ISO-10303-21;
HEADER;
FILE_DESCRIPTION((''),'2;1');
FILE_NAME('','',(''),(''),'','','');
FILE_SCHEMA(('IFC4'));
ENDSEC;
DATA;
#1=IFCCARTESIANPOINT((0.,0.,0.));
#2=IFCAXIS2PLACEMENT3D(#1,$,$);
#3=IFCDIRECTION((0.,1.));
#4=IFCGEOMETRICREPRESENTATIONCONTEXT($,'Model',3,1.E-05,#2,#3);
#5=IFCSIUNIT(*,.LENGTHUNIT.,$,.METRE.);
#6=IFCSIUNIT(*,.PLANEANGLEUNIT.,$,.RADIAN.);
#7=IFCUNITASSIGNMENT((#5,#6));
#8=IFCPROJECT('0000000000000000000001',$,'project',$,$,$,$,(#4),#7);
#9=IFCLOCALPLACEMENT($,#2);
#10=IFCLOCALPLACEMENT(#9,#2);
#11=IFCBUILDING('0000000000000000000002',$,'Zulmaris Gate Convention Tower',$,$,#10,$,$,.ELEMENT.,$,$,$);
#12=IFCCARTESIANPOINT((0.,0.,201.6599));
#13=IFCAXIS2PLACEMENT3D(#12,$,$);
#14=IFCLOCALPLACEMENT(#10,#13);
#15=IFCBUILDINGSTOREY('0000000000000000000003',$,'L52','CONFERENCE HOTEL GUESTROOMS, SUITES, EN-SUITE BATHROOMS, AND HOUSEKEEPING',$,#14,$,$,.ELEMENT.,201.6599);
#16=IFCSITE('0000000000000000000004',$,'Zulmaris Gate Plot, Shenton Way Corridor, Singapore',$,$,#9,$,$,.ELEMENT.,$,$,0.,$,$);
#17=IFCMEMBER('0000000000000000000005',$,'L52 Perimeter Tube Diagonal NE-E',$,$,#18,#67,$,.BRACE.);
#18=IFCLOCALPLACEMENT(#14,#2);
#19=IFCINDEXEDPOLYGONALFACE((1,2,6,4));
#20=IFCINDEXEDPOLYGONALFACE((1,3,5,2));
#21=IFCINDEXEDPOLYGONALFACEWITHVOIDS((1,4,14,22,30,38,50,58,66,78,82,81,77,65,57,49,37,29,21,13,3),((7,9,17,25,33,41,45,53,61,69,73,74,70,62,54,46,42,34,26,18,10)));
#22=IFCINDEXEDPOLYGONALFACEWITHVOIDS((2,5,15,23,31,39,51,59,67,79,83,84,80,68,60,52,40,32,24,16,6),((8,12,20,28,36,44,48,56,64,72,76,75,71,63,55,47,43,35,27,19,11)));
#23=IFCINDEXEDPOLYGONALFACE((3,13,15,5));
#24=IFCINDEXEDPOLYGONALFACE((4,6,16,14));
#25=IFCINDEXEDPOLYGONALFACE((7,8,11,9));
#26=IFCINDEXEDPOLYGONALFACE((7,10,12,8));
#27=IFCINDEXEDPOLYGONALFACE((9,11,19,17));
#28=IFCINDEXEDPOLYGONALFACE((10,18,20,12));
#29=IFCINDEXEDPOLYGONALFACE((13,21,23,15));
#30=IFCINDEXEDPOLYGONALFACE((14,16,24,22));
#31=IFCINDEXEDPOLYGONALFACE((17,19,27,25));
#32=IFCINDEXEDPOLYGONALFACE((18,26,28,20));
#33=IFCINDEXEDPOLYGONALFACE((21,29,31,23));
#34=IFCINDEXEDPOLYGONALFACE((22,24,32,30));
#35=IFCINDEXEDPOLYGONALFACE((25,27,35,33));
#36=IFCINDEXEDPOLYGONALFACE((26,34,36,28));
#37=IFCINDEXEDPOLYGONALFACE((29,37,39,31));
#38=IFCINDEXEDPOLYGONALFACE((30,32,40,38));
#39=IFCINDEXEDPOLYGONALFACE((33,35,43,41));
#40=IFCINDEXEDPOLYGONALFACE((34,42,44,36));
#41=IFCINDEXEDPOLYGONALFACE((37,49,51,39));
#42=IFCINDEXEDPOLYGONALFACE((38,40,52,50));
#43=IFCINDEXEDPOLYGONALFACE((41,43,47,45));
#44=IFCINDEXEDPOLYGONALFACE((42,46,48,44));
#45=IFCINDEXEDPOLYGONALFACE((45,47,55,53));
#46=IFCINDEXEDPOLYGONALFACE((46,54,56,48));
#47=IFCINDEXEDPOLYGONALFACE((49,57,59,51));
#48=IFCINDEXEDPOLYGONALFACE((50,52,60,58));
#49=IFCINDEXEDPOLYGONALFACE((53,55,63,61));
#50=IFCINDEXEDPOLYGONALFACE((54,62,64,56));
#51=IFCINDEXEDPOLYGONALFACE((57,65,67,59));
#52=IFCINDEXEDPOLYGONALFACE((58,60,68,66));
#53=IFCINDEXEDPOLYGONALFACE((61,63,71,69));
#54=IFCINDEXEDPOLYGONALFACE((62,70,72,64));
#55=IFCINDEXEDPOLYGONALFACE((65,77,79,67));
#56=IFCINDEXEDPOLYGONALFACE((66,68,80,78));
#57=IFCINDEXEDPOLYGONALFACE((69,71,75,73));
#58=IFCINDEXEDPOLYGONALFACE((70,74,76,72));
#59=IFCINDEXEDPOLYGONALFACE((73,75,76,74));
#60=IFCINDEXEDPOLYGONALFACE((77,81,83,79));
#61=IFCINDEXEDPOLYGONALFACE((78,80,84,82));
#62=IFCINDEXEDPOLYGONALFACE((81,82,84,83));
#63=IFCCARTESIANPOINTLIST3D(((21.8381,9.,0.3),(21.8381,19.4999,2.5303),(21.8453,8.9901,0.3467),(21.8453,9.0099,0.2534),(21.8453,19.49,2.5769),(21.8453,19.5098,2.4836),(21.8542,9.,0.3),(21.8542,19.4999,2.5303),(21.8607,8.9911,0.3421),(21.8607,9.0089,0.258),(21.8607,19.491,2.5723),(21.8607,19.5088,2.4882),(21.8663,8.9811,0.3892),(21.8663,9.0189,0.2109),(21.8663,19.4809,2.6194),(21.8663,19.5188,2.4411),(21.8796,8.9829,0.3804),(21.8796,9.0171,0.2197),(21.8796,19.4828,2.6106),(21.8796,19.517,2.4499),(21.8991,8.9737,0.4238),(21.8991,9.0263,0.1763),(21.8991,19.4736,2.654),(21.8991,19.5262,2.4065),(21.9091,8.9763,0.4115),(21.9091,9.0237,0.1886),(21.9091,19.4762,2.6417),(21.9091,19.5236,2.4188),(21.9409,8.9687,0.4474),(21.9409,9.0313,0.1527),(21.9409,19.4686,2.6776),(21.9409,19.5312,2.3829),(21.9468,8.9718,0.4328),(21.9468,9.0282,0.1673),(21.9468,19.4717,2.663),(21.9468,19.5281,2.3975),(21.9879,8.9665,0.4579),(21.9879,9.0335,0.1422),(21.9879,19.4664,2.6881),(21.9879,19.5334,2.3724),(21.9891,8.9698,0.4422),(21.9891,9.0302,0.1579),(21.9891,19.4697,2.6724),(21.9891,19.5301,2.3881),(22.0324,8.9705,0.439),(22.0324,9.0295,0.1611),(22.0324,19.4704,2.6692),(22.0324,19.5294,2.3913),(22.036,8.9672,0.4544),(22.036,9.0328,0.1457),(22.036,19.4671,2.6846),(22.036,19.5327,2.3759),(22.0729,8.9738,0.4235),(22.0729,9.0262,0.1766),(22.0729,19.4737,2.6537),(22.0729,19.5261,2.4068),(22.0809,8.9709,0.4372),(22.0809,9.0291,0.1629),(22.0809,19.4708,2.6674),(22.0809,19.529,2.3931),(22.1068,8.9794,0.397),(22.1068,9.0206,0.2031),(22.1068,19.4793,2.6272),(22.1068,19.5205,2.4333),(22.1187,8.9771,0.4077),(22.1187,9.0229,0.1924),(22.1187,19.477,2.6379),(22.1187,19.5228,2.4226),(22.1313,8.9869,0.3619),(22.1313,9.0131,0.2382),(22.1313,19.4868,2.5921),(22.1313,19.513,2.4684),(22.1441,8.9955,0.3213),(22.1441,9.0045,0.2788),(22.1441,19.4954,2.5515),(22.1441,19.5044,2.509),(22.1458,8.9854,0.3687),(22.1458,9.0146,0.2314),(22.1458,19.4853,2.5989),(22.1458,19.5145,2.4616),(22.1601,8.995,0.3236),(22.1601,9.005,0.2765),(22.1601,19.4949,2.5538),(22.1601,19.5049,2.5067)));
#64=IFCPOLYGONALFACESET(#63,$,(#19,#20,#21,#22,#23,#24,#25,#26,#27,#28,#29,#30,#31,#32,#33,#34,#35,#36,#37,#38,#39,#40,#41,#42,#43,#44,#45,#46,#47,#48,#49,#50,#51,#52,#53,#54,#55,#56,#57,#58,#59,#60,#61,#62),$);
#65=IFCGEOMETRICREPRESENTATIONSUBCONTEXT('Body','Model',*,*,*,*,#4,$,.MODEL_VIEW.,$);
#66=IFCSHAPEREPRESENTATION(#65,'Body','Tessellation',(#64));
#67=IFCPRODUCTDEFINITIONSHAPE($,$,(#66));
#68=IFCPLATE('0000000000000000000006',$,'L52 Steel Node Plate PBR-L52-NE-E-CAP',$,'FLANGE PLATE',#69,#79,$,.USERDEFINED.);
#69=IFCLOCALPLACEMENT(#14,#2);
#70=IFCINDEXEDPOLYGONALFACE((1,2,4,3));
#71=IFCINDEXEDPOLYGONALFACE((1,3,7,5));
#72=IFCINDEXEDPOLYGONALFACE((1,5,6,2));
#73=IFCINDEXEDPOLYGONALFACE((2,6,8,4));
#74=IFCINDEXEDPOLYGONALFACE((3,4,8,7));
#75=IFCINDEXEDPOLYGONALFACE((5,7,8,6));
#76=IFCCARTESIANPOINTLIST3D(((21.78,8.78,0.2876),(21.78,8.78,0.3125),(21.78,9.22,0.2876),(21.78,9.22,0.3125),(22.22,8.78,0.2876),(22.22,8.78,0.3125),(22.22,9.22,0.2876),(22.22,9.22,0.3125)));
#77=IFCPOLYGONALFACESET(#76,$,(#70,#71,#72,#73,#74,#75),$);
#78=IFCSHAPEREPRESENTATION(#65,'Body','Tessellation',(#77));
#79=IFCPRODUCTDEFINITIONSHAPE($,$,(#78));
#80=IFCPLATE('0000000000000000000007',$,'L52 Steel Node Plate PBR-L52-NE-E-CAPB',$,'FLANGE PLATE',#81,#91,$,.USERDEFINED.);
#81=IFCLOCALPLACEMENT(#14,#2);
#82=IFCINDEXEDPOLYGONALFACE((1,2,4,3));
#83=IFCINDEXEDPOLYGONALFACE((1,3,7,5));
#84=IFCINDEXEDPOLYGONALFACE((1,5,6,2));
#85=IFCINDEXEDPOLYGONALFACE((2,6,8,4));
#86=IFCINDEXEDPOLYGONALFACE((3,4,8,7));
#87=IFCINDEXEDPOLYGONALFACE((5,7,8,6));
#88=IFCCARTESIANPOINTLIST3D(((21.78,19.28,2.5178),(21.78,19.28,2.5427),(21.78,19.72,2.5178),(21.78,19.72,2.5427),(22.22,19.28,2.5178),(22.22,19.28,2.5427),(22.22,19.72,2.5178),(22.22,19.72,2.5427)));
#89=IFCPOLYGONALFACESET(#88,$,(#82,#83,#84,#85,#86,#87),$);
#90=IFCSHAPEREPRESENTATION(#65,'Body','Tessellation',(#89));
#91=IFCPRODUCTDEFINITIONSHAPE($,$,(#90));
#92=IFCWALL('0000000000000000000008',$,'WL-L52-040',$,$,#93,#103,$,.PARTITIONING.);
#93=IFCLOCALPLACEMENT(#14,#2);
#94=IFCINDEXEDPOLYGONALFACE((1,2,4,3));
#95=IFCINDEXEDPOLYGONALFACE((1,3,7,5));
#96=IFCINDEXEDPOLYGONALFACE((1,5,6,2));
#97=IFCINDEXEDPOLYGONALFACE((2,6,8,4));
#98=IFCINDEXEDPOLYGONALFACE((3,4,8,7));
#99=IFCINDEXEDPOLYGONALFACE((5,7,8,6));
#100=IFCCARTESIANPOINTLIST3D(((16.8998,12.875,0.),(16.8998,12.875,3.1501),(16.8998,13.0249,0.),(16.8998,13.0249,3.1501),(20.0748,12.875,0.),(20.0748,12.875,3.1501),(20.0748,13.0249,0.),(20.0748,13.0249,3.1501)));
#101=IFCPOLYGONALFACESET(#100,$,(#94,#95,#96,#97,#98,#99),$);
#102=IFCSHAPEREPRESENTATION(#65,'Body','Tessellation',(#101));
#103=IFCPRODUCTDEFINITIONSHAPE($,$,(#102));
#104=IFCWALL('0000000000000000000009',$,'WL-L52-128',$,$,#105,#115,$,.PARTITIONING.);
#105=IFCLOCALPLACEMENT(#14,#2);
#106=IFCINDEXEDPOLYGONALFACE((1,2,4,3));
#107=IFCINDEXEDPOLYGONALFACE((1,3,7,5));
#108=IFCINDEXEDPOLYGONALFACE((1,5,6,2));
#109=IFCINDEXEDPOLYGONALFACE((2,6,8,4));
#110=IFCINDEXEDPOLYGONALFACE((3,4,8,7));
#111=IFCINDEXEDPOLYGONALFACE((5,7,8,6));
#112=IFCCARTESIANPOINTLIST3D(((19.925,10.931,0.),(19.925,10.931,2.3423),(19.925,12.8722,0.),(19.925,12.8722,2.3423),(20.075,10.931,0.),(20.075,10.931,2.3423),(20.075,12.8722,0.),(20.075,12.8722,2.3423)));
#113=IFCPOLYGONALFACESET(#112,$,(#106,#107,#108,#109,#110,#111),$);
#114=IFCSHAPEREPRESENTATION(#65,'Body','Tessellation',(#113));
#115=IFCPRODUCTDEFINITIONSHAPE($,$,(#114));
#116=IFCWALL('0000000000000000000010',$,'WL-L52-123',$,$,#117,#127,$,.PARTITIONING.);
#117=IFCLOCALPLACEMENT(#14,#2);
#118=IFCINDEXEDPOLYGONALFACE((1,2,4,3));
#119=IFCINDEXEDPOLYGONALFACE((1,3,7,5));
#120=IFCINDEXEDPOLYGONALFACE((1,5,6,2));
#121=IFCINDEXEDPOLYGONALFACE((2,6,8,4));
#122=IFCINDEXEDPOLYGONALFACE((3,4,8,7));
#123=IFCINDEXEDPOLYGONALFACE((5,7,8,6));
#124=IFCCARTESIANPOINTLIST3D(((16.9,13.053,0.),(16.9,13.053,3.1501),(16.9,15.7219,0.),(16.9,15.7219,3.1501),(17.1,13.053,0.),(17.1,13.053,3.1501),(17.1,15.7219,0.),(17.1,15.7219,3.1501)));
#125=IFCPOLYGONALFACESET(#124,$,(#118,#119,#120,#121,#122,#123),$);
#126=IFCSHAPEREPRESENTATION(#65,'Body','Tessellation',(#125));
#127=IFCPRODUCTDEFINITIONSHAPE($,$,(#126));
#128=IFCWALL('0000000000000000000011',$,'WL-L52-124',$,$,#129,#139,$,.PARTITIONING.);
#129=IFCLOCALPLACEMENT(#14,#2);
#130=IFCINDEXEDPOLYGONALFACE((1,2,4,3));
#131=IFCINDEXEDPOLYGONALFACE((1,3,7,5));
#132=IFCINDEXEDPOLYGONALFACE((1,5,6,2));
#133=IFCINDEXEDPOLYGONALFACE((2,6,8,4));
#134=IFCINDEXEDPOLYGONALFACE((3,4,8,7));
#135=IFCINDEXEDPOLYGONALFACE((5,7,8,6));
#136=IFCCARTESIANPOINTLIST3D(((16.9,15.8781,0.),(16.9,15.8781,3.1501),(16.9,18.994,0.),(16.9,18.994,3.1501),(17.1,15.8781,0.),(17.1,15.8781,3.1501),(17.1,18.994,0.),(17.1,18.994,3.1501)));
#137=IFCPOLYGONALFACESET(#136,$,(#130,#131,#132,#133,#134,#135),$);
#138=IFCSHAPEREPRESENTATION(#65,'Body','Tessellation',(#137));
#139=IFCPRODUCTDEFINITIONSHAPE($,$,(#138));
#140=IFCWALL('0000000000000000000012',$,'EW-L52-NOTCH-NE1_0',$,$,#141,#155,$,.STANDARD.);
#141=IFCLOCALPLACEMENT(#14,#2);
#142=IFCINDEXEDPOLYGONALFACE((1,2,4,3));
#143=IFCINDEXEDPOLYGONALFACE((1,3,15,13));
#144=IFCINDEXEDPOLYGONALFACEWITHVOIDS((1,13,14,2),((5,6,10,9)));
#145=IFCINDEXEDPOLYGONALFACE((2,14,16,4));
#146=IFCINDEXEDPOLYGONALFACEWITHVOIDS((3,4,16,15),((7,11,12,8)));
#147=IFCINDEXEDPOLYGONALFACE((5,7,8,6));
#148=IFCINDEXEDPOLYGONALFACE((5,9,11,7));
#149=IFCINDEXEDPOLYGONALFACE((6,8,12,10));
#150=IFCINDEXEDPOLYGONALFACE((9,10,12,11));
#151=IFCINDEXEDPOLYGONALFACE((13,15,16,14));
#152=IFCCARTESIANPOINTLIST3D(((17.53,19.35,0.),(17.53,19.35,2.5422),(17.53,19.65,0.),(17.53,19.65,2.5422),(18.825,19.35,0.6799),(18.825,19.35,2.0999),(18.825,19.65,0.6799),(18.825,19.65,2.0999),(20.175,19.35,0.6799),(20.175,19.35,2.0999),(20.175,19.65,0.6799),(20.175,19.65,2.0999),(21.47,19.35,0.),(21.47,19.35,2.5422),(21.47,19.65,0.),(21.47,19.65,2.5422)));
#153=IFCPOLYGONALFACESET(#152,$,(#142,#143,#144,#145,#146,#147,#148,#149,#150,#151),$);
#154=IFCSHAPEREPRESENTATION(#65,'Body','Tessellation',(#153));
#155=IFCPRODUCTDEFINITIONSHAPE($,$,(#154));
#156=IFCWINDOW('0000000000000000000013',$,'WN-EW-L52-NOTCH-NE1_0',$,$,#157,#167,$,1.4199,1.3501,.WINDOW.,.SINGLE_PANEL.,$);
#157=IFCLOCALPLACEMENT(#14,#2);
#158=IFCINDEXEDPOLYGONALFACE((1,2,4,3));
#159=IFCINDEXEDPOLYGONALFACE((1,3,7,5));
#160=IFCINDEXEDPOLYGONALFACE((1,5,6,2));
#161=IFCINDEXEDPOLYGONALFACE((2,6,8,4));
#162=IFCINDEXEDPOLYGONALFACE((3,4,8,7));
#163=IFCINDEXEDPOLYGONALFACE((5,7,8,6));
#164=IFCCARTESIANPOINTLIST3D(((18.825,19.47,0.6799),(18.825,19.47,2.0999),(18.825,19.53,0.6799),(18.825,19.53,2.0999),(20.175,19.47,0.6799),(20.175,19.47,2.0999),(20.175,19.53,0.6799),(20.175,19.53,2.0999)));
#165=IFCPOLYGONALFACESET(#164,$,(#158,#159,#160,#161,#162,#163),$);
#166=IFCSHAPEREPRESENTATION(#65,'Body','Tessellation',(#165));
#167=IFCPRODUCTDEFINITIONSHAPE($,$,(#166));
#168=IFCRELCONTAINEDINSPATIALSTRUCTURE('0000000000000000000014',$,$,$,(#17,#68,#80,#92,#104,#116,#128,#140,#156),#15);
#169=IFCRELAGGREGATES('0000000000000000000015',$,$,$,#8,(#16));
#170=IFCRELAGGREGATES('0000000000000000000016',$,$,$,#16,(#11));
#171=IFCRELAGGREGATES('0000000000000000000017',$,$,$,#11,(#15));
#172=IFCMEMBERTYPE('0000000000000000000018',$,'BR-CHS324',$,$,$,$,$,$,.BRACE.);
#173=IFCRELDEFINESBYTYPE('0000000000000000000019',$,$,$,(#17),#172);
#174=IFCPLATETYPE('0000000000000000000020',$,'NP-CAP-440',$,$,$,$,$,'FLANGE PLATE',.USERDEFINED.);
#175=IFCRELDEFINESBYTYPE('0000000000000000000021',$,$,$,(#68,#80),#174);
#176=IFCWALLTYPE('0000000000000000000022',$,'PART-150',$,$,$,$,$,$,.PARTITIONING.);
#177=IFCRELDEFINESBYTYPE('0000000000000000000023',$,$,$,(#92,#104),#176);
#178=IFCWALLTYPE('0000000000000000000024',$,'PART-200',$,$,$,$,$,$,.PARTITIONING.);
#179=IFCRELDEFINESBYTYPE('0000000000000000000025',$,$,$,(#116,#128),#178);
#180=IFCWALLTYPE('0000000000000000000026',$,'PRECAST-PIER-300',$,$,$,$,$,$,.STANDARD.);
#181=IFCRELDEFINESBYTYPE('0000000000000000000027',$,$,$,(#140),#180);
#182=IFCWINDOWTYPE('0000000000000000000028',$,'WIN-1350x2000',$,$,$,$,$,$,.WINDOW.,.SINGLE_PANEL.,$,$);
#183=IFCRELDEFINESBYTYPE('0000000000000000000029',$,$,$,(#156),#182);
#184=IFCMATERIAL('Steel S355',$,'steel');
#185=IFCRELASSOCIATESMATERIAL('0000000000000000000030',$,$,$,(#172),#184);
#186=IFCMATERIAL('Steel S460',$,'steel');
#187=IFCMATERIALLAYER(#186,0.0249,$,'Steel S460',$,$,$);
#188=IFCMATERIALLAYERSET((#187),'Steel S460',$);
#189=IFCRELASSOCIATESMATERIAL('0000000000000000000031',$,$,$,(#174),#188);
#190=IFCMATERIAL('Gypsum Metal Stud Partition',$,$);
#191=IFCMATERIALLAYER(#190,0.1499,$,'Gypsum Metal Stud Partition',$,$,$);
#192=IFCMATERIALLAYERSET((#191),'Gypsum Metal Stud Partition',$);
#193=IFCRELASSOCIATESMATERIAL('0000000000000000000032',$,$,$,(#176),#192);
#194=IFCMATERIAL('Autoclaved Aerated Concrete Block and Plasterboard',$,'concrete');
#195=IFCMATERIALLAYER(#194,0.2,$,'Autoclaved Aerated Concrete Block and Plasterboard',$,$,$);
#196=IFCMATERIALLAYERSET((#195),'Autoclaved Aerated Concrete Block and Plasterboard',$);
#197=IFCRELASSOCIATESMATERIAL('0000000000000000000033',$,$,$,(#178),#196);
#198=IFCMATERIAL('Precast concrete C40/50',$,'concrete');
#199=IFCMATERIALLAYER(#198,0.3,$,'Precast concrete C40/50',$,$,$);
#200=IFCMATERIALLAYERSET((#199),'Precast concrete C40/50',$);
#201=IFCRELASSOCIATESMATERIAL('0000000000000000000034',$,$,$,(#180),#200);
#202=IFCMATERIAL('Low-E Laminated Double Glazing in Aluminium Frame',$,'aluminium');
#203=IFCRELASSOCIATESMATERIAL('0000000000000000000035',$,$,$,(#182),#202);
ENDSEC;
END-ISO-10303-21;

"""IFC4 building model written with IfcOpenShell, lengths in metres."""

from ifc_helpers import new_model, si_unit, direction, frame, frame_2d, origin, origin_2d, place, context, subcontext, project, spatial, rectangle, hollow_circle, extrude, material, layer, layer_set, material_profile, profile_set, type_object, element, fill, save


model = new_model("IFC4")

# Units and contexts
model_context = context("Model", 3, precision=1e-05, world=origin(), true_north=direction((0.0, 1.0)))
body_context = subcontext(model_context, "Body", "Model", "MODEL_VIEW")
ifc_project = project(units=[si_unit("LENGTHUNIT", "METRE"), si_unit("PLANEANGLEUNIT", "RADIAN")], contexts=[model_context])

# Site, building, storey
site_placement = place(None, origin())
site = spatial("IfcSite", under=ifc_project, at=site_placement, Name="Zulmaris Gate Plot, Shenton Way Corridor, Singapore", CompositionType="ELEMENT", RefElevation=0.0)
building_placement = place(site_placement, origin())
building = spatial("IfcBuilding", under=site, at=building_placement, Name="Zulmaris Gate Convention Tower", CompositionType="ELEMENT")
storey_placement = place(building_placement, frame((0.0, 0.0, 201.6599)))
storey = spatial("IfcBuildingStorey", under=building, at=storey_placement, Name="L52", Description="CONFERENCE HOTEL GUESTROOMS, SUITES, EN-SUITE BATHROOMS, AND HOUSEKEEPING", CompositionType="ELEMENT", Elevation=201.6599)

# Shared definitions
ifc_material_1 = material(Name="Steel S355", Category="steel")

# Member
ifc_material_profile_1 = material_profile(ifc_material_1, hollow_circle(Radius=0.1619, WallThickness=0.0161, at=origin_2d()), Name="CHS 323.9x16")
ifc_profile_set_1 = profile_set([ifc_material_profile_1], Name="Steel S355")
member_type = type_object("IfcMemberType", Name="BR-CHS324", PredefinedType="BRACE", material=ifc_profile_set_1)
member_placement = place(storey_placement, frame((22.0, 9.0, 0.3), z_axis=(0.0, 0.978178, 0.207767), x_axis=(-1.0, 0.0, 0.0)))
element("IfcMember", 1, at=member_placement, inside=storey, type_object=member_type, Name="L52 Perimeter Tube Diagonal NE-E", PredefinedType="BRACE", context=body_context, shape_type="SweptSolid", body=[
    extrude(hollow_circle(Radius=0.1619, WallThickness=0.0161, at=origin_2d()), origin(), (0.0, 0.0, 1.0), 10.7341),
])

# Plates
ifc_material_2 = material(Name="Steel S460", Category="steel")
ifc_layer_1 = layer(ifc_material_2, 0.0249, Name="Steel S460")
ifc_layer_set_1 = layer_set([ifc_layer_1], Name="Steel S460")
plate_type = type_object("IfcPlateType", Name="NP-CAP-440", ElementType="FLANGE PLATE", PredefinedType="USERDEFINED", material=ifc_layer_set_1)
for number, where, z_axis, x_axis, name in (
    (2, (22.0, 9.0, 0.2876), (0.0, 0.0, 1.0), (1.0, 0.0, 0.0), "L52 Steel Node Plate PBR-L52-NE-E-CAP"),
    (3, (22.0, 19.5, 2.5178), (0.0, 0.0, 1.0), (1.0, 0.0, 0.0), "L52 Steel Node Plate PBR-L52-NE-E-CAPB"),
):
    element("IfcPlate", number, at=place(storey_placement, frame(where, z_axis=z_axis, x_axis=x_axis)), inside=storey, type_object=plate_type, Name=name, ObjectType="FLANGE PLATE", PredefinedType="USERDEFINED", context=body_context, shape_type="SweptSolid", body=[
        extrude(rectangle(XDim=0.4399, YDim=0.4399, at=origin_2d()), origin(), (0.0, 0.0, 1.0), 0.0249),
    ])

# Walls
ifc_material_3 = material(Name="Gypsum Metal Stud Partition")
ifc_layer_2 = layer(ifc_material_3, 0.1499, Name="Gypsum Metal Stud Partition")
ifc_layer_set_2 = layer_set([ifc_layer_2], Name="Gypsum Metal Stud Partition")
wall_type_1 = type_object("IfcWallType", Name="PART-150", PredefinedType="PARTITIONING", material=ifc_layer_set_2)
wall_1_placement = place(storey_placement, frame((16.8999, 12.95, 0.0), z_axis=(0.0, 0.0, 1.0), x_axis=(1.0, 0.0, 0.0)))
element("IfcWall", 4, at=wall_1_placement, inside=storey, type_object=wall_type_1, Name="WL-L52-040", PredefinedType="PARTITIONING", context=body_context, shape_type="SweptSolid", body=[
    extrude(rectangle(XDim=3.175, YDim=0.1499, at=frame_2d((1.5874, 0.0))), origin(), (0.0, 0.0, 1.0), 3.1501),
])
wall_2_placement = place(storey_placement, frame((20.0, 10.9309, 0.0), z_axis=(0.0, 0.0, 1.0), x_axis=(0.0, 1.0, 0.0)))
element("IfcWall", 5, at=wall_2_placement, inside=storey, type_object=wall_type_1, Name="WL-L52-128", PredefinedType="PARTITIONING", context=body_context, shape_type="SweptSolid", body=[
    extrude(rectangle(XDim=1.9412, YDim=0.1499, at=frame_2d((0.9707, 0.0))), origin(), (0.0, 0.0, 1.0), 2.3423),
])
ifc_material_4 = material(Name="Autoclaved Aerated Concrete Block and Plasterboard", Category="concrete")
ifc_layer_3 = layer(ifc_material_4, 0.2, Name="Autoclaved Aerated Concrete Block and Plasterboard")
ifc_layer_set_3 = layer_set([ifc_layer_3], Name="Autoclaved Aerated Concrete Block and Plasterboard")
wall_type_2 = type_object("IfcWallType", Name="PART-200", PredefinedType="PARTITIONING", material=ifc_layer_set_3)
wall_3_placement = place(storey_placement, frame((17.0, 13.053, 0.0), z_axis=(0.0, 0.0, 1.0), x_axis=(0.0, 1.0, 0.0)))
element("IfcWall", 6, at=wall_3_placement, inside=storey, type_object=wall_type_2, Name="WL-L52-123", PredefinedType="PARTITIONING", context=body_context, shape_type="SweptSolid", body=[
    extrude(rectangle(XDim=2.6689, YDim=0.2, at=frame_2d((1.3345, 0.0))), origin(), (0.0, 0.0, 1.0), 3.1501),
])
wall_4_placement = place(storey_placement, frame((17.0, 15.8779, 0.0), z_axis=(0.0, 0.0, 1.0), x_axis=(0.0, 1.0, 0.0)))
element("IfcWall", 7, at=wall_4_placement, inside=storey, type_object=wall_type_2, Name="WL-L52-124", PredefinedType="PARTITIONING", context=body_context, shape_type="SweptSolid", body=[
    extrude(rectangle(XDim=3.116, YDim=0.2, at=frame_2d((1.5581, 0.0))), origin(), (0.0, 0.0, 1.0), 3.1501),
])

# Wall, opening, window
ifc_material_5 = material(Name="Precast concrete C40/50", Category="concrete")
ifc_layer_4 = layer(ifc_material_5, 0.3, Name="Precast concrete C40/50")
ifc_layer_set_4 = layer_set([ifc_layer_4], Name="Precast concrete C40/50")
wall_type_3 = type_object("IfcWallType", Name="PRECAST-PIER-300", PredefinedType="STANDARD", material=ifc_layer_set_4)
wall_5_placement = place(storey_placement, frame((21.47, 19.5, 0.0), z_axis=(0.0, 0.0, 1.0), x_axis=(-1.0, 0.0, 0.0)))
wall_5 = element("IfcWall", 8, at=wall_5_placement, inside=storey, type_object=wall_type_3, Name="EW-L52-NOTCH-NE1_0", PredefinedType="STANDARD", context=body_context, shape_type="SweptSolid", body=[
    extrude(rectangle(XDim=3.9399, YDim=0.3, at=frame_2d((1.97, 0.0))), origin(), (0.0, 0.0, 1.0), 2.5422),
])
opening_1_placement = place(wall_5_placement, frame((1.2949, 0.0, 0.6799)))
opening_1 = element("IfcOpeningElement", 9, at=opening_1_placement, cuts=wall_5, PredefinedType="OPENING", context=body_context, shape_type="SweptSolid", body=[
    extrude(rectangle(XDim=1.3501, YDim=1.4199, at=frame_2d((0.675, 0.71))), frame((0.0, 0.1602, 0.0), z_axis=(0.0, -1.0, 0.0), x_axis=(1.0, 0.0, 0.0)), (0.0, 0.0, 1.0), 0.3201),
])
ifc_material_6 = material(Name="Low-E Laminated Double Glazing in Aluminium Frame", Category="aluminium")
window_type = type_object("IfcWindowType", Name="WIN-1350x2000", PartitioningType="SINGLE_PANEL", PredefinedType="WINDOW", material=ifc_material_6)
window_1_placement = place(opening_1_placement, origin())
window_1 = element("IfcWindow", 10, at=window_1_placement, inside=storey, type_object=window_type, Name="WN-EW-L52-NOTCH-NE1_0", OverallHeight=1.4199, OverallWidth=1.3501, PartitioningType="SINGLE_PANEL", PredefinedType="WINDOW", context=body_context, shape_type="SweptSolid", body=[
    extrude(rectangle(XDim=1.3501, YDim=1.4199, at=frame_2d((0.675, 0.71))), frame((0.0, 0.03, 0.0), z_axis=(0.0, -1.0, 0.0), x_axis=(1.0, 0.0, 0.0)), (0.0, 0.0, 1.0), 0.0601),
])
fill(opening_1, window_1)

save(model, "model.ifc")
